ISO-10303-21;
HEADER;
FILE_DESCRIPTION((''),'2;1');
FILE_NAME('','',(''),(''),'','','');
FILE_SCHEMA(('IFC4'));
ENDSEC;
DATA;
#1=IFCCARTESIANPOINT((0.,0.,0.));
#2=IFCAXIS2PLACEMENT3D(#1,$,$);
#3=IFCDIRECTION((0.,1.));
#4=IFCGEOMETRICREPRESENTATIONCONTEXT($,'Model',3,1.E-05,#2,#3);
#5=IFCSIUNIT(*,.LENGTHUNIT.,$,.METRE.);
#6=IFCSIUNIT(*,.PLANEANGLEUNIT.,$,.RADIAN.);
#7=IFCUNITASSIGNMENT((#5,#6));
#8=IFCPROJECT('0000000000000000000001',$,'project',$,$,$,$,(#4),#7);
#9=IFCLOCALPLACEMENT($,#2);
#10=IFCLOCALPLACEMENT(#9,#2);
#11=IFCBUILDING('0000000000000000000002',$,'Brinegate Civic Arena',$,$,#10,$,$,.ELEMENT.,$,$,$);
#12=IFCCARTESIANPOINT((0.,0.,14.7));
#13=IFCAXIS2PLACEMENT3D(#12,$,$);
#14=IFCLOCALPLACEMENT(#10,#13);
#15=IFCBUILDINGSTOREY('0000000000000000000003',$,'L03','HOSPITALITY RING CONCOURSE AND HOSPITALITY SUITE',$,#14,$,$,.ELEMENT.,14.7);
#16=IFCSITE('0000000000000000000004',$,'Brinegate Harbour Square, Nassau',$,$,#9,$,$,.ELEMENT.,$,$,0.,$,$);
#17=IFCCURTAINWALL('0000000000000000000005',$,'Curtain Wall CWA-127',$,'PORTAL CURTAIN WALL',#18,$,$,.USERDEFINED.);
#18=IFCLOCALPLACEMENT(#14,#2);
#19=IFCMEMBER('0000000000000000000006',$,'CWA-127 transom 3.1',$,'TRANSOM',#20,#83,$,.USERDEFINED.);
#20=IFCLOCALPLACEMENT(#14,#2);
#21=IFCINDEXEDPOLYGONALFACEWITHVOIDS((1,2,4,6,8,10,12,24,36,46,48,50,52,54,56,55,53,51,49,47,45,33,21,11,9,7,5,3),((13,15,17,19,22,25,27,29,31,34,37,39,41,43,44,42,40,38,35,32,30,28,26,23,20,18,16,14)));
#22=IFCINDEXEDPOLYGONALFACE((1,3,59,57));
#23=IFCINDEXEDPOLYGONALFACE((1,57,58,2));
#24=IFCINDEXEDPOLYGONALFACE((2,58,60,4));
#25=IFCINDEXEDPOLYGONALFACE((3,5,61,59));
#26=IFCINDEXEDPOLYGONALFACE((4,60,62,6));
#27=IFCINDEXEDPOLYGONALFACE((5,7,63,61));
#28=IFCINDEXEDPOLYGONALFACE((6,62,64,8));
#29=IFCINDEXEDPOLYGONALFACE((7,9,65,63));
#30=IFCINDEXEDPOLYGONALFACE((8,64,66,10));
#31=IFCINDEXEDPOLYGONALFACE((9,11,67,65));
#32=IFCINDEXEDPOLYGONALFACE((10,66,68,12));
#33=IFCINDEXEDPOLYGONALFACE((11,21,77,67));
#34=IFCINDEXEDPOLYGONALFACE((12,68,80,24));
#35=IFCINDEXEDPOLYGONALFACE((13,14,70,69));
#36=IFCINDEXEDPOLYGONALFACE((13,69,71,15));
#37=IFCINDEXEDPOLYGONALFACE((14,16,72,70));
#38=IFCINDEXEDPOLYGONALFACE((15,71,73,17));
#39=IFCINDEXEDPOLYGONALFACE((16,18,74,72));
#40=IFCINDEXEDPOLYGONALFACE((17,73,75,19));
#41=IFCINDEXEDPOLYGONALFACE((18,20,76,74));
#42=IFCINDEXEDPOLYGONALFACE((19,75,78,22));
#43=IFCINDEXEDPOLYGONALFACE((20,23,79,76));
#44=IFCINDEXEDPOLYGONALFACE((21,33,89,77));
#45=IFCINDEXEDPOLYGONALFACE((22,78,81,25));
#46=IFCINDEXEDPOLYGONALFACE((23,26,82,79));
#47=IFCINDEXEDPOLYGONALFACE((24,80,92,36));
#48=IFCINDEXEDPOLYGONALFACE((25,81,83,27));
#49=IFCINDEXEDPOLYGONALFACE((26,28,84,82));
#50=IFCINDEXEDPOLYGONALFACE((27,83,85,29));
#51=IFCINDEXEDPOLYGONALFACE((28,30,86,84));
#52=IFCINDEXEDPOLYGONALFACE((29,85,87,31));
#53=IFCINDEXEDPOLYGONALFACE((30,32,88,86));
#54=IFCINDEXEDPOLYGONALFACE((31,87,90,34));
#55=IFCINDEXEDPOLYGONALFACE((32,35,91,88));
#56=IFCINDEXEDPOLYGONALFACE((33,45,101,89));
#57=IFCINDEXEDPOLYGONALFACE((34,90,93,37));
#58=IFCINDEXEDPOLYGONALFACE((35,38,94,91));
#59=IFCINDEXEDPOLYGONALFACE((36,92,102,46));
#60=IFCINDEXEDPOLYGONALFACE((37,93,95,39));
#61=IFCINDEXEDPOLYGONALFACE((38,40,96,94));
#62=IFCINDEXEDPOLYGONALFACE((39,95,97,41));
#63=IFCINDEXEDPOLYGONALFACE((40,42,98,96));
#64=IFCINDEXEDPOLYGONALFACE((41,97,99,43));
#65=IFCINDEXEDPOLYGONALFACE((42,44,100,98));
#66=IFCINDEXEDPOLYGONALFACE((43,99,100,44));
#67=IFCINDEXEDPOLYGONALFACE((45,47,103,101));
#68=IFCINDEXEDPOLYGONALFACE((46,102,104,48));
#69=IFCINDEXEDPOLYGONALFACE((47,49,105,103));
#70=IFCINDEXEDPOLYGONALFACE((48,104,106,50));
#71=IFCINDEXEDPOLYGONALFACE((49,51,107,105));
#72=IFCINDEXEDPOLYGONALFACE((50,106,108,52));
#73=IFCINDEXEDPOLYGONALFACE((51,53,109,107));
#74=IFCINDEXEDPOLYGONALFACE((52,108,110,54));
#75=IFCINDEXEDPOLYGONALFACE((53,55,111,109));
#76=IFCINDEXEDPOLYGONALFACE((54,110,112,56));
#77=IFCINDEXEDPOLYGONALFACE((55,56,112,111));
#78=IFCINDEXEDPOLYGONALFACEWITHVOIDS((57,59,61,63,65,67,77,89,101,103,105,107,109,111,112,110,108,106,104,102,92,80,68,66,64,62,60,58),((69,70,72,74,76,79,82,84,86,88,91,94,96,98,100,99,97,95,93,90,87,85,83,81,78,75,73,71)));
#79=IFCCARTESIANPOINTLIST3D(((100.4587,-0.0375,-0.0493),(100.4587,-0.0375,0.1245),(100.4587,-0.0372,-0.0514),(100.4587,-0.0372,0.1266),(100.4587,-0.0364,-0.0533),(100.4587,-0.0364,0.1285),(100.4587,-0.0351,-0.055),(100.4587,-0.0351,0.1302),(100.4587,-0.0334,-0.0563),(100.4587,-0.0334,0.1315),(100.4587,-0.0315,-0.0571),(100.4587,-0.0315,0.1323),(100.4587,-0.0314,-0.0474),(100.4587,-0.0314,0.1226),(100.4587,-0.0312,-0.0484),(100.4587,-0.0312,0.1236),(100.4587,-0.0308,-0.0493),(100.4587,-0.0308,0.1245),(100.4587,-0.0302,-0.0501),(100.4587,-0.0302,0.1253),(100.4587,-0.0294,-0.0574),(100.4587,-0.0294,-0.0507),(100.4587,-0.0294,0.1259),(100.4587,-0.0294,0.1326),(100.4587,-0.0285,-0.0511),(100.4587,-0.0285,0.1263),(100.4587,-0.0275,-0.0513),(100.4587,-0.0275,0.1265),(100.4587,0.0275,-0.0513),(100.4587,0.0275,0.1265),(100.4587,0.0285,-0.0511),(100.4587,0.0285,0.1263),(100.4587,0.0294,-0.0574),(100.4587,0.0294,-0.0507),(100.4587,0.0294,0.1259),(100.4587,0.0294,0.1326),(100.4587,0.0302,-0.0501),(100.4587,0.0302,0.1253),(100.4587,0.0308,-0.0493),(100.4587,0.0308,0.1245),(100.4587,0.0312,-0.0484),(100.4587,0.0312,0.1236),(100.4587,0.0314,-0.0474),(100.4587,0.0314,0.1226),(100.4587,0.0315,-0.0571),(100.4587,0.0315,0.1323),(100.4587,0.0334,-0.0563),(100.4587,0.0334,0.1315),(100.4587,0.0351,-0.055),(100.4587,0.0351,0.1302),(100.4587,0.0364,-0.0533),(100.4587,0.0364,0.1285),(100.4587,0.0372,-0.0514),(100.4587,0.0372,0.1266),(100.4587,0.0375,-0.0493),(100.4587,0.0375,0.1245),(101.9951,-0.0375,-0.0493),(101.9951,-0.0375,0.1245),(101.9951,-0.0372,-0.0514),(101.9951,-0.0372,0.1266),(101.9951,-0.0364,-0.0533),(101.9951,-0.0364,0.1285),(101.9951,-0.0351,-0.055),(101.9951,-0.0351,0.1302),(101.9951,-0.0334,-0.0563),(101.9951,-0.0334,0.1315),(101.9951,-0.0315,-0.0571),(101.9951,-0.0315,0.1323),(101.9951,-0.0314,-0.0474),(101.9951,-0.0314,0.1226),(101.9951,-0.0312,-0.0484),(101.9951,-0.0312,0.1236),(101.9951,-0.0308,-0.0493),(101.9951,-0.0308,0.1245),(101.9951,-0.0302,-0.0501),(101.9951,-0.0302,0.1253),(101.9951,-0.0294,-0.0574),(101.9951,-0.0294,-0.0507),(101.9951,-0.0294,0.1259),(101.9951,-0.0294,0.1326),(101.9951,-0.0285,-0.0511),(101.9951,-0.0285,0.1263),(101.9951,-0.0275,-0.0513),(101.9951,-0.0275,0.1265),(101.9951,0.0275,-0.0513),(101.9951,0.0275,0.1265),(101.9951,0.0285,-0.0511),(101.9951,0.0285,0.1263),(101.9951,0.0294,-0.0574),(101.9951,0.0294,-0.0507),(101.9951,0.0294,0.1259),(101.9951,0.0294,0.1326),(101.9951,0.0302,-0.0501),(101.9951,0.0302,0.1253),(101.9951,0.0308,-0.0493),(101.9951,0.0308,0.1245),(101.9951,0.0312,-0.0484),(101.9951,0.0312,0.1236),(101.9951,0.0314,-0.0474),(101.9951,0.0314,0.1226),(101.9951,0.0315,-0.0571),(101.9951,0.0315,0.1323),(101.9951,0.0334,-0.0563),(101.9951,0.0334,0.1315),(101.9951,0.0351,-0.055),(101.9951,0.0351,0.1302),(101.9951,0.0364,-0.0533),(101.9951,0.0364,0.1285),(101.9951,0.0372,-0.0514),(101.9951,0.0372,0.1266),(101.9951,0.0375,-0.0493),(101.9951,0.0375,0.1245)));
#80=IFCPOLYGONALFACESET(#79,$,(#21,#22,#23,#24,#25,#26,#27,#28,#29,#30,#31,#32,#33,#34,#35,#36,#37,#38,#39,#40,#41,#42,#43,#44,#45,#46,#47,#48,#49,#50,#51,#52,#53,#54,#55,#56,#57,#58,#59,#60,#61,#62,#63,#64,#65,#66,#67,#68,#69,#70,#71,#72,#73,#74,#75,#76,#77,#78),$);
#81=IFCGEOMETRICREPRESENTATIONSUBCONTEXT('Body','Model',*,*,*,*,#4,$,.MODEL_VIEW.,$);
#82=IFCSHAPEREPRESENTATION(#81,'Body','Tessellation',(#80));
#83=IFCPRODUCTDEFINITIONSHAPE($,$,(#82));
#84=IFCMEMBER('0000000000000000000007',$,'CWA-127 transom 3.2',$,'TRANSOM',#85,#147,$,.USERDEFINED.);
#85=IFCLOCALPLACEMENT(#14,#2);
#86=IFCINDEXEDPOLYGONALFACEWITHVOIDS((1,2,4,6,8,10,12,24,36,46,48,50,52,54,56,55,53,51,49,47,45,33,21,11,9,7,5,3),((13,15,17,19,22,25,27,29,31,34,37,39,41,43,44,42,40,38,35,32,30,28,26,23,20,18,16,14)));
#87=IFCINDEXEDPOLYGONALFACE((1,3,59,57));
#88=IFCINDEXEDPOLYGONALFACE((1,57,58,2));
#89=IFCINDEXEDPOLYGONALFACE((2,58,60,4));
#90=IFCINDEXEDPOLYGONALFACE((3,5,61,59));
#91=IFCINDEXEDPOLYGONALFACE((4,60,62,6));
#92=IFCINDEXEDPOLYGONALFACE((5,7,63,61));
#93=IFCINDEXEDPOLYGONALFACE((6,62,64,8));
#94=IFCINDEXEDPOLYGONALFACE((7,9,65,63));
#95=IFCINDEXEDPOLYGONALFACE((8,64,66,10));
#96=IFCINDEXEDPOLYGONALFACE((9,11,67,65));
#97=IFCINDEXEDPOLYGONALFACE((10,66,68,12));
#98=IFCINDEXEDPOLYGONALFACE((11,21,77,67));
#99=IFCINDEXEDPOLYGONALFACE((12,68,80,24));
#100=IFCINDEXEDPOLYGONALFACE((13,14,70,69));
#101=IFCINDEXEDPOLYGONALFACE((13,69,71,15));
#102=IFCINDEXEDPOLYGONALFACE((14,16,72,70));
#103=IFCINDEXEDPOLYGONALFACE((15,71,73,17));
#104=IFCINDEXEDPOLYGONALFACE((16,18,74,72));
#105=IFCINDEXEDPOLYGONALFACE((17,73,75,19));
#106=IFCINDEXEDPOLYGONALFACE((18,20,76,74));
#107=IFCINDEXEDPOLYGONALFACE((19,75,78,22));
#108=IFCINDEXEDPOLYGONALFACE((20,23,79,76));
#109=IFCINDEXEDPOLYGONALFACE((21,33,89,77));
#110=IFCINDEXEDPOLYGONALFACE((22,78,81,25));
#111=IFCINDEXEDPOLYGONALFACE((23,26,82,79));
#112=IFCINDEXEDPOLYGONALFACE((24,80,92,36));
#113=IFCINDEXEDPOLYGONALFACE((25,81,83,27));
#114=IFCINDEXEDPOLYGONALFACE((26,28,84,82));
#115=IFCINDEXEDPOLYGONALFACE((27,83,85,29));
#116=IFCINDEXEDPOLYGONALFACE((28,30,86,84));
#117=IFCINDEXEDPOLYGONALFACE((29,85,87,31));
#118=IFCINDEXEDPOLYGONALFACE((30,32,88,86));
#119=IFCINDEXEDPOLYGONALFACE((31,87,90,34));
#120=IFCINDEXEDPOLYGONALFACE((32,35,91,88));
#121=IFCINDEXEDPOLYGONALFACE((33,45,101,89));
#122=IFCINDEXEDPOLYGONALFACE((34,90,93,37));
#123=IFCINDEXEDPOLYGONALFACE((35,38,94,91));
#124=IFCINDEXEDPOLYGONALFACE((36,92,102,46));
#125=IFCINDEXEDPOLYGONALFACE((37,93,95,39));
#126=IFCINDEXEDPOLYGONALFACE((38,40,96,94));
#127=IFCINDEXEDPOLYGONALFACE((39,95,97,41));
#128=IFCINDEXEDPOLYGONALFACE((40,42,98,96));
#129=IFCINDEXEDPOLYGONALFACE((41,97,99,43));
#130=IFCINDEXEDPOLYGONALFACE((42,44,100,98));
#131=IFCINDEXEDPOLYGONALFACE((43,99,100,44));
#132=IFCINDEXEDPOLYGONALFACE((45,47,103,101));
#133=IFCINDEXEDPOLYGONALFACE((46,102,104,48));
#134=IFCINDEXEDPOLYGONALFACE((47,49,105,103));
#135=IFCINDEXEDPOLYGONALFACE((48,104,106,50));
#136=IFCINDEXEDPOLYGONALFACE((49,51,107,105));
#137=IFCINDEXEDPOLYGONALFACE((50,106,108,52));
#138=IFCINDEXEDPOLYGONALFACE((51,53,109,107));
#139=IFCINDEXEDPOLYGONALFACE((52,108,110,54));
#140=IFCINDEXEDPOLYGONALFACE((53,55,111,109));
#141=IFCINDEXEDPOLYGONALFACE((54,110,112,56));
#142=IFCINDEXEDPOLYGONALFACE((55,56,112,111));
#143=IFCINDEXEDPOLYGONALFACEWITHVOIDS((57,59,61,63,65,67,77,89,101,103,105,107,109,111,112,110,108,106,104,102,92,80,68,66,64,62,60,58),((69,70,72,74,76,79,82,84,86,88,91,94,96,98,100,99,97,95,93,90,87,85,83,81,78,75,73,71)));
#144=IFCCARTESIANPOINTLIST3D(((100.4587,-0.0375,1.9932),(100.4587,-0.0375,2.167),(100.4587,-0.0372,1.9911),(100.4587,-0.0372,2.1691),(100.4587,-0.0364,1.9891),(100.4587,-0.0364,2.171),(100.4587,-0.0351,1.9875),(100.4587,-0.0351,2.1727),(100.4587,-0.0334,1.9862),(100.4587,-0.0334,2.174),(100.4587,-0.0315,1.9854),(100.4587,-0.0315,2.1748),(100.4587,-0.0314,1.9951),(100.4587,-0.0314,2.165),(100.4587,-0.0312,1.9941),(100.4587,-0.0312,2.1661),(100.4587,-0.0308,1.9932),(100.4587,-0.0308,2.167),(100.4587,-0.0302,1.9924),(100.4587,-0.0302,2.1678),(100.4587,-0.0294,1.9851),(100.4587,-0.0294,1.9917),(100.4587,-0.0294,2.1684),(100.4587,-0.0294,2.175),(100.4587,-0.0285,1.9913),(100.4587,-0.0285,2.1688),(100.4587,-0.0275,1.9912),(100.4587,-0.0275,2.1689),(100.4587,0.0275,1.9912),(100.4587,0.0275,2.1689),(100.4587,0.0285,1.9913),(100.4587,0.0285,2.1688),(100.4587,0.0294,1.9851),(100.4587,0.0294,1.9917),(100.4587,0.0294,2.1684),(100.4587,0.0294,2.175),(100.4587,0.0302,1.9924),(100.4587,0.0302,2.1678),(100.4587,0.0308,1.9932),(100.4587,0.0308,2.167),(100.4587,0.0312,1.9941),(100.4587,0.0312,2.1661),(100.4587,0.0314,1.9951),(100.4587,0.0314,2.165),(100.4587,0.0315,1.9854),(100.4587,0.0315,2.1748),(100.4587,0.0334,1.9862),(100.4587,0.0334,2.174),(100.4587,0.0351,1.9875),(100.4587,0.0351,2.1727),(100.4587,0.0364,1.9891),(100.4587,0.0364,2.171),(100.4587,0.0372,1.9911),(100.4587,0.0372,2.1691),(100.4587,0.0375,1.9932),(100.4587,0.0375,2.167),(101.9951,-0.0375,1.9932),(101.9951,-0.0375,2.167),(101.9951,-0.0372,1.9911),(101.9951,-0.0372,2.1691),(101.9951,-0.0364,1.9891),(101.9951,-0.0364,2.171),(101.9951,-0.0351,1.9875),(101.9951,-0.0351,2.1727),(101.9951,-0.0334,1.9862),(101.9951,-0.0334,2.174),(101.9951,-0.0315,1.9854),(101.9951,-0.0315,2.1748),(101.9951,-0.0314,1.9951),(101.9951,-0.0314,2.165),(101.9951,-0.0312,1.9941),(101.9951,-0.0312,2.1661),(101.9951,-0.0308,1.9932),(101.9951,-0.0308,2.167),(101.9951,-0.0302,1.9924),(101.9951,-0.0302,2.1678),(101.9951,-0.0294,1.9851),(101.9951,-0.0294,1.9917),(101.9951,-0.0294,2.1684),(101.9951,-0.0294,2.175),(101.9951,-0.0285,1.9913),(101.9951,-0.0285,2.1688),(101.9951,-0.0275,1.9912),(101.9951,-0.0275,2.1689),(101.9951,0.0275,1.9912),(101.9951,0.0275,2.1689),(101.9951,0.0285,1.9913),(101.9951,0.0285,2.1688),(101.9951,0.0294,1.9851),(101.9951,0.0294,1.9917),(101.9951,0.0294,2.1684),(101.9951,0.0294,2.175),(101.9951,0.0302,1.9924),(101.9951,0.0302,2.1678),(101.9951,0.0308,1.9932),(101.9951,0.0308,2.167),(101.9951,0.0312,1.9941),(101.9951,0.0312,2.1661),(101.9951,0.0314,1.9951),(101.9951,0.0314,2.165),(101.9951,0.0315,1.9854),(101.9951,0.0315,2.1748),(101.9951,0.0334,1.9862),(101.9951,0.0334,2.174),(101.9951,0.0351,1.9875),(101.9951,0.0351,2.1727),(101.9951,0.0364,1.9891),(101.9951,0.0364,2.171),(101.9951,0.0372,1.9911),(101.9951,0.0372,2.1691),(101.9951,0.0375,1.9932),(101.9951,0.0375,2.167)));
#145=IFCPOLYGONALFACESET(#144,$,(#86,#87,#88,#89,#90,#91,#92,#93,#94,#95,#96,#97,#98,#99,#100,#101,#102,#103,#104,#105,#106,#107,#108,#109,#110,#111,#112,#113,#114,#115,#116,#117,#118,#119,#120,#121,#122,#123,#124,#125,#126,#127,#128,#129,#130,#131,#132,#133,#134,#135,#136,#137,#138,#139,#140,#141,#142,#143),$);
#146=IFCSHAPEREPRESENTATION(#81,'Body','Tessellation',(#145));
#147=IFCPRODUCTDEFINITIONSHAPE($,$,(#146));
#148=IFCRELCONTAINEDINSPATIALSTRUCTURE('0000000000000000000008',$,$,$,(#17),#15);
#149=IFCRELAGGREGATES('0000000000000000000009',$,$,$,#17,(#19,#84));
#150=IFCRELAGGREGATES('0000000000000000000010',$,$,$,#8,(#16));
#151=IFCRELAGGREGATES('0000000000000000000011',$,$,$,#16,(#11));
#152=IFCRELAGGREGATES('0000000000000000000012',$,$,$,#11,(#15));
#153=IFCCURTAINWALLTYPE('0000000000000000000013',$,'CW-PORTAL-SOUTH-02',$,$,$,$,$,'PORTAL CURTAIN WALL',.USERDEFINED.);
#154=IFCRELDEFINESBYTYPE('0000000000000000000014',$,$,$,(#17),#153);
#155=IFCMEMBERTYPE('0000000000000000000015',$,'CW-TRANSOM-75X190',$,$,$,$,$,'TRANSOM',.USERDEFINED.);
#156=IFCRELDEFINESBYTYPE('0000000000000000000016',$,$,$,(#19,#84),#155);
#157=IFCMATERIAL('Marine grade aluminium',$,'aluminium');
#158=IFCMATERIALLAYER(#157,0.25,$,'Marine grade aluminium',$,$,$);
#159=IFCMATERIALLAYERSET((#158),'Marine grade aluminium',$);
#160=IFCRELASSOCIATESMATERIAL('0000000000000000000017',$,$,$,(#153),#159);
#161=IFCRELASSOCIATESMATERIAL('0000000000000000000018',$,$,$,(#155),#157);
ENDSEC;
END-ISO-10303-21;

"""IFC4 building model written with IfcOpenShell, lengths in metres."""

from ifc_helpers import new_model, si_unit, direction, frame, origin, origin_2d, place, context, subcontext, project, spatial, hollow_rectangle, extrude, material, layer, layer_set, material_profile, profile_set, type_object, element, aggregate, save


model = new_model("IFC4")

# Units and contexts
model_context = context("Model", 3, precision=1e-05, world=origin(), true_north=direction((0.0, 1.0)))
body_context = subcontext(model_context, "Body", "Model", "MODEL_VIEW")
ifc_project = project(units=[si_unit("LENGTHUNIT", "METRE"), si_unit("PLANEANGLEUNIT", "RADIAN")], contexts=[model_context])

# Site, building, storey
site_placement = place(None, origin())
site = spatial("IfcSite", under=ifc_project, at=site_placement, Name="Brinegate Harbour Square, Nassau", CompositionType="ELEMENT", RefElevation=0.0)
building_placement = place(site_placement, origin())
building = spatial("IfcBuilding", under=site, at=building_placement, Name="Brinegate Civic Arena", CompositionType="ELEMENT")
storey_placement = place(building_placement, frame((0.0, 0.0, 14.7)))
storey = spatial("IfcBuildingStorey", under=building, at=storey_placement, Name="L03", Description="HOSPITALITY RING CONCOURSE AND HOSPITALITY SUITE", CompositionType="ELEMENT", Elevation=14.7)

# Curtain wall, members
ifc_material_1 = material(Name="Marine grade aluminium", Category="aluminium")
ifc_layer_1 = layer(ifc_material_1, 0.25, Name="Marine grade aluminium")
ifc_layer_set_1 = layer_set([ifc_layer_1], Name="Marine grade aluminium")
curtain_wall_type = type_object("IfcCurtainWallType", Name="CW-PORTAL-SOUTH-02", ElementType="PORTAL CURTAIN WALL", PredefinedType="USERDEFINED", material=ifc_layer_set_1)
curtain_wall_placement = place(storey_placement, origin())
curtain_wall = element("IfcCurtainWall", 1, at=curtain_wall_placement, inside=storey, type_object=curtain_wall_type, Name="Curtain Wall CWA-127", ObjectType="PORTAL CURTAIN WALL", PredefinedType="USERDEFINED")
ifc_material_profile_1 = material_profile(ifc_material_1, hollow_rectangle(XDim=0.075, YDim=0.1899, WallThickness=0.0061, InnerFilletRadius=0.0039, OuterFilletRadius=0.0081, at=origin_2d()), Name="TRN75X190")
ifc_profile_set_1 = profile_set([ifc_material_profile_1], Name="Marine grade aluminium")
member_type_1 = type_object("IfcMemberType", Name="CW-TRANSOM-75X190", ElementType="TRANSOM", PredefinedType="USERDEFINED", material=ifc_profile_set_1)
member_1_placement = place(storey_placement, frame((100.4587, 0.0, 0.0376), z_axis=(1.0, 0.0, 0.0), x_axis=(0.0, 1.0, 0.0)))
member_1 = element("IfcMember", 2, at=member_1_placement, type_object=member_type_1, Name="CWA-127 transom 3.1", ObjectType="TRANSOM", PredefinedType="USERDEFINED", context=body_context, shape_type="SweptSolid", body=[
    extrude(hollow_rectangle(XDim=0.075, YDim=0.1899, WallThickness=0.0061, InnerFilletRadius=0.0039, OuterFilletRadius=0.0081, at=origin_2d()), origin(), (0.0, 0.0, 1.0), 1.5364),
])
member_2_placement = place(storey_placement, frame((100.4587, 0.0, 2.0801), z_axis=(1.0, 0.0, 0.0), x_axis=(0.0, 1.0, 0.0)))
member_2 = element("IfcMember", 3, at=member_2_placement, type_object=member_type_1, Name="CWA-127 transom 3.2", ObjectType="TRANSOM", PredefinedType="USERDEFINED", context=body_context, shape_type="SweptSolid", body=[
    extrude(hollow_rectangle(XDim=0.075, YDim=0.1899, WallThickness=0.0061, InnerFilletRadius=0.0039, OuterFilletRadius=0.0081, at=origin_2d()), origin(), (0.0, 0.0, 1.0), 1.5364),
])
aggregate(curtain_wall, [member_1, member_2])

save(model, "model.ifc")
